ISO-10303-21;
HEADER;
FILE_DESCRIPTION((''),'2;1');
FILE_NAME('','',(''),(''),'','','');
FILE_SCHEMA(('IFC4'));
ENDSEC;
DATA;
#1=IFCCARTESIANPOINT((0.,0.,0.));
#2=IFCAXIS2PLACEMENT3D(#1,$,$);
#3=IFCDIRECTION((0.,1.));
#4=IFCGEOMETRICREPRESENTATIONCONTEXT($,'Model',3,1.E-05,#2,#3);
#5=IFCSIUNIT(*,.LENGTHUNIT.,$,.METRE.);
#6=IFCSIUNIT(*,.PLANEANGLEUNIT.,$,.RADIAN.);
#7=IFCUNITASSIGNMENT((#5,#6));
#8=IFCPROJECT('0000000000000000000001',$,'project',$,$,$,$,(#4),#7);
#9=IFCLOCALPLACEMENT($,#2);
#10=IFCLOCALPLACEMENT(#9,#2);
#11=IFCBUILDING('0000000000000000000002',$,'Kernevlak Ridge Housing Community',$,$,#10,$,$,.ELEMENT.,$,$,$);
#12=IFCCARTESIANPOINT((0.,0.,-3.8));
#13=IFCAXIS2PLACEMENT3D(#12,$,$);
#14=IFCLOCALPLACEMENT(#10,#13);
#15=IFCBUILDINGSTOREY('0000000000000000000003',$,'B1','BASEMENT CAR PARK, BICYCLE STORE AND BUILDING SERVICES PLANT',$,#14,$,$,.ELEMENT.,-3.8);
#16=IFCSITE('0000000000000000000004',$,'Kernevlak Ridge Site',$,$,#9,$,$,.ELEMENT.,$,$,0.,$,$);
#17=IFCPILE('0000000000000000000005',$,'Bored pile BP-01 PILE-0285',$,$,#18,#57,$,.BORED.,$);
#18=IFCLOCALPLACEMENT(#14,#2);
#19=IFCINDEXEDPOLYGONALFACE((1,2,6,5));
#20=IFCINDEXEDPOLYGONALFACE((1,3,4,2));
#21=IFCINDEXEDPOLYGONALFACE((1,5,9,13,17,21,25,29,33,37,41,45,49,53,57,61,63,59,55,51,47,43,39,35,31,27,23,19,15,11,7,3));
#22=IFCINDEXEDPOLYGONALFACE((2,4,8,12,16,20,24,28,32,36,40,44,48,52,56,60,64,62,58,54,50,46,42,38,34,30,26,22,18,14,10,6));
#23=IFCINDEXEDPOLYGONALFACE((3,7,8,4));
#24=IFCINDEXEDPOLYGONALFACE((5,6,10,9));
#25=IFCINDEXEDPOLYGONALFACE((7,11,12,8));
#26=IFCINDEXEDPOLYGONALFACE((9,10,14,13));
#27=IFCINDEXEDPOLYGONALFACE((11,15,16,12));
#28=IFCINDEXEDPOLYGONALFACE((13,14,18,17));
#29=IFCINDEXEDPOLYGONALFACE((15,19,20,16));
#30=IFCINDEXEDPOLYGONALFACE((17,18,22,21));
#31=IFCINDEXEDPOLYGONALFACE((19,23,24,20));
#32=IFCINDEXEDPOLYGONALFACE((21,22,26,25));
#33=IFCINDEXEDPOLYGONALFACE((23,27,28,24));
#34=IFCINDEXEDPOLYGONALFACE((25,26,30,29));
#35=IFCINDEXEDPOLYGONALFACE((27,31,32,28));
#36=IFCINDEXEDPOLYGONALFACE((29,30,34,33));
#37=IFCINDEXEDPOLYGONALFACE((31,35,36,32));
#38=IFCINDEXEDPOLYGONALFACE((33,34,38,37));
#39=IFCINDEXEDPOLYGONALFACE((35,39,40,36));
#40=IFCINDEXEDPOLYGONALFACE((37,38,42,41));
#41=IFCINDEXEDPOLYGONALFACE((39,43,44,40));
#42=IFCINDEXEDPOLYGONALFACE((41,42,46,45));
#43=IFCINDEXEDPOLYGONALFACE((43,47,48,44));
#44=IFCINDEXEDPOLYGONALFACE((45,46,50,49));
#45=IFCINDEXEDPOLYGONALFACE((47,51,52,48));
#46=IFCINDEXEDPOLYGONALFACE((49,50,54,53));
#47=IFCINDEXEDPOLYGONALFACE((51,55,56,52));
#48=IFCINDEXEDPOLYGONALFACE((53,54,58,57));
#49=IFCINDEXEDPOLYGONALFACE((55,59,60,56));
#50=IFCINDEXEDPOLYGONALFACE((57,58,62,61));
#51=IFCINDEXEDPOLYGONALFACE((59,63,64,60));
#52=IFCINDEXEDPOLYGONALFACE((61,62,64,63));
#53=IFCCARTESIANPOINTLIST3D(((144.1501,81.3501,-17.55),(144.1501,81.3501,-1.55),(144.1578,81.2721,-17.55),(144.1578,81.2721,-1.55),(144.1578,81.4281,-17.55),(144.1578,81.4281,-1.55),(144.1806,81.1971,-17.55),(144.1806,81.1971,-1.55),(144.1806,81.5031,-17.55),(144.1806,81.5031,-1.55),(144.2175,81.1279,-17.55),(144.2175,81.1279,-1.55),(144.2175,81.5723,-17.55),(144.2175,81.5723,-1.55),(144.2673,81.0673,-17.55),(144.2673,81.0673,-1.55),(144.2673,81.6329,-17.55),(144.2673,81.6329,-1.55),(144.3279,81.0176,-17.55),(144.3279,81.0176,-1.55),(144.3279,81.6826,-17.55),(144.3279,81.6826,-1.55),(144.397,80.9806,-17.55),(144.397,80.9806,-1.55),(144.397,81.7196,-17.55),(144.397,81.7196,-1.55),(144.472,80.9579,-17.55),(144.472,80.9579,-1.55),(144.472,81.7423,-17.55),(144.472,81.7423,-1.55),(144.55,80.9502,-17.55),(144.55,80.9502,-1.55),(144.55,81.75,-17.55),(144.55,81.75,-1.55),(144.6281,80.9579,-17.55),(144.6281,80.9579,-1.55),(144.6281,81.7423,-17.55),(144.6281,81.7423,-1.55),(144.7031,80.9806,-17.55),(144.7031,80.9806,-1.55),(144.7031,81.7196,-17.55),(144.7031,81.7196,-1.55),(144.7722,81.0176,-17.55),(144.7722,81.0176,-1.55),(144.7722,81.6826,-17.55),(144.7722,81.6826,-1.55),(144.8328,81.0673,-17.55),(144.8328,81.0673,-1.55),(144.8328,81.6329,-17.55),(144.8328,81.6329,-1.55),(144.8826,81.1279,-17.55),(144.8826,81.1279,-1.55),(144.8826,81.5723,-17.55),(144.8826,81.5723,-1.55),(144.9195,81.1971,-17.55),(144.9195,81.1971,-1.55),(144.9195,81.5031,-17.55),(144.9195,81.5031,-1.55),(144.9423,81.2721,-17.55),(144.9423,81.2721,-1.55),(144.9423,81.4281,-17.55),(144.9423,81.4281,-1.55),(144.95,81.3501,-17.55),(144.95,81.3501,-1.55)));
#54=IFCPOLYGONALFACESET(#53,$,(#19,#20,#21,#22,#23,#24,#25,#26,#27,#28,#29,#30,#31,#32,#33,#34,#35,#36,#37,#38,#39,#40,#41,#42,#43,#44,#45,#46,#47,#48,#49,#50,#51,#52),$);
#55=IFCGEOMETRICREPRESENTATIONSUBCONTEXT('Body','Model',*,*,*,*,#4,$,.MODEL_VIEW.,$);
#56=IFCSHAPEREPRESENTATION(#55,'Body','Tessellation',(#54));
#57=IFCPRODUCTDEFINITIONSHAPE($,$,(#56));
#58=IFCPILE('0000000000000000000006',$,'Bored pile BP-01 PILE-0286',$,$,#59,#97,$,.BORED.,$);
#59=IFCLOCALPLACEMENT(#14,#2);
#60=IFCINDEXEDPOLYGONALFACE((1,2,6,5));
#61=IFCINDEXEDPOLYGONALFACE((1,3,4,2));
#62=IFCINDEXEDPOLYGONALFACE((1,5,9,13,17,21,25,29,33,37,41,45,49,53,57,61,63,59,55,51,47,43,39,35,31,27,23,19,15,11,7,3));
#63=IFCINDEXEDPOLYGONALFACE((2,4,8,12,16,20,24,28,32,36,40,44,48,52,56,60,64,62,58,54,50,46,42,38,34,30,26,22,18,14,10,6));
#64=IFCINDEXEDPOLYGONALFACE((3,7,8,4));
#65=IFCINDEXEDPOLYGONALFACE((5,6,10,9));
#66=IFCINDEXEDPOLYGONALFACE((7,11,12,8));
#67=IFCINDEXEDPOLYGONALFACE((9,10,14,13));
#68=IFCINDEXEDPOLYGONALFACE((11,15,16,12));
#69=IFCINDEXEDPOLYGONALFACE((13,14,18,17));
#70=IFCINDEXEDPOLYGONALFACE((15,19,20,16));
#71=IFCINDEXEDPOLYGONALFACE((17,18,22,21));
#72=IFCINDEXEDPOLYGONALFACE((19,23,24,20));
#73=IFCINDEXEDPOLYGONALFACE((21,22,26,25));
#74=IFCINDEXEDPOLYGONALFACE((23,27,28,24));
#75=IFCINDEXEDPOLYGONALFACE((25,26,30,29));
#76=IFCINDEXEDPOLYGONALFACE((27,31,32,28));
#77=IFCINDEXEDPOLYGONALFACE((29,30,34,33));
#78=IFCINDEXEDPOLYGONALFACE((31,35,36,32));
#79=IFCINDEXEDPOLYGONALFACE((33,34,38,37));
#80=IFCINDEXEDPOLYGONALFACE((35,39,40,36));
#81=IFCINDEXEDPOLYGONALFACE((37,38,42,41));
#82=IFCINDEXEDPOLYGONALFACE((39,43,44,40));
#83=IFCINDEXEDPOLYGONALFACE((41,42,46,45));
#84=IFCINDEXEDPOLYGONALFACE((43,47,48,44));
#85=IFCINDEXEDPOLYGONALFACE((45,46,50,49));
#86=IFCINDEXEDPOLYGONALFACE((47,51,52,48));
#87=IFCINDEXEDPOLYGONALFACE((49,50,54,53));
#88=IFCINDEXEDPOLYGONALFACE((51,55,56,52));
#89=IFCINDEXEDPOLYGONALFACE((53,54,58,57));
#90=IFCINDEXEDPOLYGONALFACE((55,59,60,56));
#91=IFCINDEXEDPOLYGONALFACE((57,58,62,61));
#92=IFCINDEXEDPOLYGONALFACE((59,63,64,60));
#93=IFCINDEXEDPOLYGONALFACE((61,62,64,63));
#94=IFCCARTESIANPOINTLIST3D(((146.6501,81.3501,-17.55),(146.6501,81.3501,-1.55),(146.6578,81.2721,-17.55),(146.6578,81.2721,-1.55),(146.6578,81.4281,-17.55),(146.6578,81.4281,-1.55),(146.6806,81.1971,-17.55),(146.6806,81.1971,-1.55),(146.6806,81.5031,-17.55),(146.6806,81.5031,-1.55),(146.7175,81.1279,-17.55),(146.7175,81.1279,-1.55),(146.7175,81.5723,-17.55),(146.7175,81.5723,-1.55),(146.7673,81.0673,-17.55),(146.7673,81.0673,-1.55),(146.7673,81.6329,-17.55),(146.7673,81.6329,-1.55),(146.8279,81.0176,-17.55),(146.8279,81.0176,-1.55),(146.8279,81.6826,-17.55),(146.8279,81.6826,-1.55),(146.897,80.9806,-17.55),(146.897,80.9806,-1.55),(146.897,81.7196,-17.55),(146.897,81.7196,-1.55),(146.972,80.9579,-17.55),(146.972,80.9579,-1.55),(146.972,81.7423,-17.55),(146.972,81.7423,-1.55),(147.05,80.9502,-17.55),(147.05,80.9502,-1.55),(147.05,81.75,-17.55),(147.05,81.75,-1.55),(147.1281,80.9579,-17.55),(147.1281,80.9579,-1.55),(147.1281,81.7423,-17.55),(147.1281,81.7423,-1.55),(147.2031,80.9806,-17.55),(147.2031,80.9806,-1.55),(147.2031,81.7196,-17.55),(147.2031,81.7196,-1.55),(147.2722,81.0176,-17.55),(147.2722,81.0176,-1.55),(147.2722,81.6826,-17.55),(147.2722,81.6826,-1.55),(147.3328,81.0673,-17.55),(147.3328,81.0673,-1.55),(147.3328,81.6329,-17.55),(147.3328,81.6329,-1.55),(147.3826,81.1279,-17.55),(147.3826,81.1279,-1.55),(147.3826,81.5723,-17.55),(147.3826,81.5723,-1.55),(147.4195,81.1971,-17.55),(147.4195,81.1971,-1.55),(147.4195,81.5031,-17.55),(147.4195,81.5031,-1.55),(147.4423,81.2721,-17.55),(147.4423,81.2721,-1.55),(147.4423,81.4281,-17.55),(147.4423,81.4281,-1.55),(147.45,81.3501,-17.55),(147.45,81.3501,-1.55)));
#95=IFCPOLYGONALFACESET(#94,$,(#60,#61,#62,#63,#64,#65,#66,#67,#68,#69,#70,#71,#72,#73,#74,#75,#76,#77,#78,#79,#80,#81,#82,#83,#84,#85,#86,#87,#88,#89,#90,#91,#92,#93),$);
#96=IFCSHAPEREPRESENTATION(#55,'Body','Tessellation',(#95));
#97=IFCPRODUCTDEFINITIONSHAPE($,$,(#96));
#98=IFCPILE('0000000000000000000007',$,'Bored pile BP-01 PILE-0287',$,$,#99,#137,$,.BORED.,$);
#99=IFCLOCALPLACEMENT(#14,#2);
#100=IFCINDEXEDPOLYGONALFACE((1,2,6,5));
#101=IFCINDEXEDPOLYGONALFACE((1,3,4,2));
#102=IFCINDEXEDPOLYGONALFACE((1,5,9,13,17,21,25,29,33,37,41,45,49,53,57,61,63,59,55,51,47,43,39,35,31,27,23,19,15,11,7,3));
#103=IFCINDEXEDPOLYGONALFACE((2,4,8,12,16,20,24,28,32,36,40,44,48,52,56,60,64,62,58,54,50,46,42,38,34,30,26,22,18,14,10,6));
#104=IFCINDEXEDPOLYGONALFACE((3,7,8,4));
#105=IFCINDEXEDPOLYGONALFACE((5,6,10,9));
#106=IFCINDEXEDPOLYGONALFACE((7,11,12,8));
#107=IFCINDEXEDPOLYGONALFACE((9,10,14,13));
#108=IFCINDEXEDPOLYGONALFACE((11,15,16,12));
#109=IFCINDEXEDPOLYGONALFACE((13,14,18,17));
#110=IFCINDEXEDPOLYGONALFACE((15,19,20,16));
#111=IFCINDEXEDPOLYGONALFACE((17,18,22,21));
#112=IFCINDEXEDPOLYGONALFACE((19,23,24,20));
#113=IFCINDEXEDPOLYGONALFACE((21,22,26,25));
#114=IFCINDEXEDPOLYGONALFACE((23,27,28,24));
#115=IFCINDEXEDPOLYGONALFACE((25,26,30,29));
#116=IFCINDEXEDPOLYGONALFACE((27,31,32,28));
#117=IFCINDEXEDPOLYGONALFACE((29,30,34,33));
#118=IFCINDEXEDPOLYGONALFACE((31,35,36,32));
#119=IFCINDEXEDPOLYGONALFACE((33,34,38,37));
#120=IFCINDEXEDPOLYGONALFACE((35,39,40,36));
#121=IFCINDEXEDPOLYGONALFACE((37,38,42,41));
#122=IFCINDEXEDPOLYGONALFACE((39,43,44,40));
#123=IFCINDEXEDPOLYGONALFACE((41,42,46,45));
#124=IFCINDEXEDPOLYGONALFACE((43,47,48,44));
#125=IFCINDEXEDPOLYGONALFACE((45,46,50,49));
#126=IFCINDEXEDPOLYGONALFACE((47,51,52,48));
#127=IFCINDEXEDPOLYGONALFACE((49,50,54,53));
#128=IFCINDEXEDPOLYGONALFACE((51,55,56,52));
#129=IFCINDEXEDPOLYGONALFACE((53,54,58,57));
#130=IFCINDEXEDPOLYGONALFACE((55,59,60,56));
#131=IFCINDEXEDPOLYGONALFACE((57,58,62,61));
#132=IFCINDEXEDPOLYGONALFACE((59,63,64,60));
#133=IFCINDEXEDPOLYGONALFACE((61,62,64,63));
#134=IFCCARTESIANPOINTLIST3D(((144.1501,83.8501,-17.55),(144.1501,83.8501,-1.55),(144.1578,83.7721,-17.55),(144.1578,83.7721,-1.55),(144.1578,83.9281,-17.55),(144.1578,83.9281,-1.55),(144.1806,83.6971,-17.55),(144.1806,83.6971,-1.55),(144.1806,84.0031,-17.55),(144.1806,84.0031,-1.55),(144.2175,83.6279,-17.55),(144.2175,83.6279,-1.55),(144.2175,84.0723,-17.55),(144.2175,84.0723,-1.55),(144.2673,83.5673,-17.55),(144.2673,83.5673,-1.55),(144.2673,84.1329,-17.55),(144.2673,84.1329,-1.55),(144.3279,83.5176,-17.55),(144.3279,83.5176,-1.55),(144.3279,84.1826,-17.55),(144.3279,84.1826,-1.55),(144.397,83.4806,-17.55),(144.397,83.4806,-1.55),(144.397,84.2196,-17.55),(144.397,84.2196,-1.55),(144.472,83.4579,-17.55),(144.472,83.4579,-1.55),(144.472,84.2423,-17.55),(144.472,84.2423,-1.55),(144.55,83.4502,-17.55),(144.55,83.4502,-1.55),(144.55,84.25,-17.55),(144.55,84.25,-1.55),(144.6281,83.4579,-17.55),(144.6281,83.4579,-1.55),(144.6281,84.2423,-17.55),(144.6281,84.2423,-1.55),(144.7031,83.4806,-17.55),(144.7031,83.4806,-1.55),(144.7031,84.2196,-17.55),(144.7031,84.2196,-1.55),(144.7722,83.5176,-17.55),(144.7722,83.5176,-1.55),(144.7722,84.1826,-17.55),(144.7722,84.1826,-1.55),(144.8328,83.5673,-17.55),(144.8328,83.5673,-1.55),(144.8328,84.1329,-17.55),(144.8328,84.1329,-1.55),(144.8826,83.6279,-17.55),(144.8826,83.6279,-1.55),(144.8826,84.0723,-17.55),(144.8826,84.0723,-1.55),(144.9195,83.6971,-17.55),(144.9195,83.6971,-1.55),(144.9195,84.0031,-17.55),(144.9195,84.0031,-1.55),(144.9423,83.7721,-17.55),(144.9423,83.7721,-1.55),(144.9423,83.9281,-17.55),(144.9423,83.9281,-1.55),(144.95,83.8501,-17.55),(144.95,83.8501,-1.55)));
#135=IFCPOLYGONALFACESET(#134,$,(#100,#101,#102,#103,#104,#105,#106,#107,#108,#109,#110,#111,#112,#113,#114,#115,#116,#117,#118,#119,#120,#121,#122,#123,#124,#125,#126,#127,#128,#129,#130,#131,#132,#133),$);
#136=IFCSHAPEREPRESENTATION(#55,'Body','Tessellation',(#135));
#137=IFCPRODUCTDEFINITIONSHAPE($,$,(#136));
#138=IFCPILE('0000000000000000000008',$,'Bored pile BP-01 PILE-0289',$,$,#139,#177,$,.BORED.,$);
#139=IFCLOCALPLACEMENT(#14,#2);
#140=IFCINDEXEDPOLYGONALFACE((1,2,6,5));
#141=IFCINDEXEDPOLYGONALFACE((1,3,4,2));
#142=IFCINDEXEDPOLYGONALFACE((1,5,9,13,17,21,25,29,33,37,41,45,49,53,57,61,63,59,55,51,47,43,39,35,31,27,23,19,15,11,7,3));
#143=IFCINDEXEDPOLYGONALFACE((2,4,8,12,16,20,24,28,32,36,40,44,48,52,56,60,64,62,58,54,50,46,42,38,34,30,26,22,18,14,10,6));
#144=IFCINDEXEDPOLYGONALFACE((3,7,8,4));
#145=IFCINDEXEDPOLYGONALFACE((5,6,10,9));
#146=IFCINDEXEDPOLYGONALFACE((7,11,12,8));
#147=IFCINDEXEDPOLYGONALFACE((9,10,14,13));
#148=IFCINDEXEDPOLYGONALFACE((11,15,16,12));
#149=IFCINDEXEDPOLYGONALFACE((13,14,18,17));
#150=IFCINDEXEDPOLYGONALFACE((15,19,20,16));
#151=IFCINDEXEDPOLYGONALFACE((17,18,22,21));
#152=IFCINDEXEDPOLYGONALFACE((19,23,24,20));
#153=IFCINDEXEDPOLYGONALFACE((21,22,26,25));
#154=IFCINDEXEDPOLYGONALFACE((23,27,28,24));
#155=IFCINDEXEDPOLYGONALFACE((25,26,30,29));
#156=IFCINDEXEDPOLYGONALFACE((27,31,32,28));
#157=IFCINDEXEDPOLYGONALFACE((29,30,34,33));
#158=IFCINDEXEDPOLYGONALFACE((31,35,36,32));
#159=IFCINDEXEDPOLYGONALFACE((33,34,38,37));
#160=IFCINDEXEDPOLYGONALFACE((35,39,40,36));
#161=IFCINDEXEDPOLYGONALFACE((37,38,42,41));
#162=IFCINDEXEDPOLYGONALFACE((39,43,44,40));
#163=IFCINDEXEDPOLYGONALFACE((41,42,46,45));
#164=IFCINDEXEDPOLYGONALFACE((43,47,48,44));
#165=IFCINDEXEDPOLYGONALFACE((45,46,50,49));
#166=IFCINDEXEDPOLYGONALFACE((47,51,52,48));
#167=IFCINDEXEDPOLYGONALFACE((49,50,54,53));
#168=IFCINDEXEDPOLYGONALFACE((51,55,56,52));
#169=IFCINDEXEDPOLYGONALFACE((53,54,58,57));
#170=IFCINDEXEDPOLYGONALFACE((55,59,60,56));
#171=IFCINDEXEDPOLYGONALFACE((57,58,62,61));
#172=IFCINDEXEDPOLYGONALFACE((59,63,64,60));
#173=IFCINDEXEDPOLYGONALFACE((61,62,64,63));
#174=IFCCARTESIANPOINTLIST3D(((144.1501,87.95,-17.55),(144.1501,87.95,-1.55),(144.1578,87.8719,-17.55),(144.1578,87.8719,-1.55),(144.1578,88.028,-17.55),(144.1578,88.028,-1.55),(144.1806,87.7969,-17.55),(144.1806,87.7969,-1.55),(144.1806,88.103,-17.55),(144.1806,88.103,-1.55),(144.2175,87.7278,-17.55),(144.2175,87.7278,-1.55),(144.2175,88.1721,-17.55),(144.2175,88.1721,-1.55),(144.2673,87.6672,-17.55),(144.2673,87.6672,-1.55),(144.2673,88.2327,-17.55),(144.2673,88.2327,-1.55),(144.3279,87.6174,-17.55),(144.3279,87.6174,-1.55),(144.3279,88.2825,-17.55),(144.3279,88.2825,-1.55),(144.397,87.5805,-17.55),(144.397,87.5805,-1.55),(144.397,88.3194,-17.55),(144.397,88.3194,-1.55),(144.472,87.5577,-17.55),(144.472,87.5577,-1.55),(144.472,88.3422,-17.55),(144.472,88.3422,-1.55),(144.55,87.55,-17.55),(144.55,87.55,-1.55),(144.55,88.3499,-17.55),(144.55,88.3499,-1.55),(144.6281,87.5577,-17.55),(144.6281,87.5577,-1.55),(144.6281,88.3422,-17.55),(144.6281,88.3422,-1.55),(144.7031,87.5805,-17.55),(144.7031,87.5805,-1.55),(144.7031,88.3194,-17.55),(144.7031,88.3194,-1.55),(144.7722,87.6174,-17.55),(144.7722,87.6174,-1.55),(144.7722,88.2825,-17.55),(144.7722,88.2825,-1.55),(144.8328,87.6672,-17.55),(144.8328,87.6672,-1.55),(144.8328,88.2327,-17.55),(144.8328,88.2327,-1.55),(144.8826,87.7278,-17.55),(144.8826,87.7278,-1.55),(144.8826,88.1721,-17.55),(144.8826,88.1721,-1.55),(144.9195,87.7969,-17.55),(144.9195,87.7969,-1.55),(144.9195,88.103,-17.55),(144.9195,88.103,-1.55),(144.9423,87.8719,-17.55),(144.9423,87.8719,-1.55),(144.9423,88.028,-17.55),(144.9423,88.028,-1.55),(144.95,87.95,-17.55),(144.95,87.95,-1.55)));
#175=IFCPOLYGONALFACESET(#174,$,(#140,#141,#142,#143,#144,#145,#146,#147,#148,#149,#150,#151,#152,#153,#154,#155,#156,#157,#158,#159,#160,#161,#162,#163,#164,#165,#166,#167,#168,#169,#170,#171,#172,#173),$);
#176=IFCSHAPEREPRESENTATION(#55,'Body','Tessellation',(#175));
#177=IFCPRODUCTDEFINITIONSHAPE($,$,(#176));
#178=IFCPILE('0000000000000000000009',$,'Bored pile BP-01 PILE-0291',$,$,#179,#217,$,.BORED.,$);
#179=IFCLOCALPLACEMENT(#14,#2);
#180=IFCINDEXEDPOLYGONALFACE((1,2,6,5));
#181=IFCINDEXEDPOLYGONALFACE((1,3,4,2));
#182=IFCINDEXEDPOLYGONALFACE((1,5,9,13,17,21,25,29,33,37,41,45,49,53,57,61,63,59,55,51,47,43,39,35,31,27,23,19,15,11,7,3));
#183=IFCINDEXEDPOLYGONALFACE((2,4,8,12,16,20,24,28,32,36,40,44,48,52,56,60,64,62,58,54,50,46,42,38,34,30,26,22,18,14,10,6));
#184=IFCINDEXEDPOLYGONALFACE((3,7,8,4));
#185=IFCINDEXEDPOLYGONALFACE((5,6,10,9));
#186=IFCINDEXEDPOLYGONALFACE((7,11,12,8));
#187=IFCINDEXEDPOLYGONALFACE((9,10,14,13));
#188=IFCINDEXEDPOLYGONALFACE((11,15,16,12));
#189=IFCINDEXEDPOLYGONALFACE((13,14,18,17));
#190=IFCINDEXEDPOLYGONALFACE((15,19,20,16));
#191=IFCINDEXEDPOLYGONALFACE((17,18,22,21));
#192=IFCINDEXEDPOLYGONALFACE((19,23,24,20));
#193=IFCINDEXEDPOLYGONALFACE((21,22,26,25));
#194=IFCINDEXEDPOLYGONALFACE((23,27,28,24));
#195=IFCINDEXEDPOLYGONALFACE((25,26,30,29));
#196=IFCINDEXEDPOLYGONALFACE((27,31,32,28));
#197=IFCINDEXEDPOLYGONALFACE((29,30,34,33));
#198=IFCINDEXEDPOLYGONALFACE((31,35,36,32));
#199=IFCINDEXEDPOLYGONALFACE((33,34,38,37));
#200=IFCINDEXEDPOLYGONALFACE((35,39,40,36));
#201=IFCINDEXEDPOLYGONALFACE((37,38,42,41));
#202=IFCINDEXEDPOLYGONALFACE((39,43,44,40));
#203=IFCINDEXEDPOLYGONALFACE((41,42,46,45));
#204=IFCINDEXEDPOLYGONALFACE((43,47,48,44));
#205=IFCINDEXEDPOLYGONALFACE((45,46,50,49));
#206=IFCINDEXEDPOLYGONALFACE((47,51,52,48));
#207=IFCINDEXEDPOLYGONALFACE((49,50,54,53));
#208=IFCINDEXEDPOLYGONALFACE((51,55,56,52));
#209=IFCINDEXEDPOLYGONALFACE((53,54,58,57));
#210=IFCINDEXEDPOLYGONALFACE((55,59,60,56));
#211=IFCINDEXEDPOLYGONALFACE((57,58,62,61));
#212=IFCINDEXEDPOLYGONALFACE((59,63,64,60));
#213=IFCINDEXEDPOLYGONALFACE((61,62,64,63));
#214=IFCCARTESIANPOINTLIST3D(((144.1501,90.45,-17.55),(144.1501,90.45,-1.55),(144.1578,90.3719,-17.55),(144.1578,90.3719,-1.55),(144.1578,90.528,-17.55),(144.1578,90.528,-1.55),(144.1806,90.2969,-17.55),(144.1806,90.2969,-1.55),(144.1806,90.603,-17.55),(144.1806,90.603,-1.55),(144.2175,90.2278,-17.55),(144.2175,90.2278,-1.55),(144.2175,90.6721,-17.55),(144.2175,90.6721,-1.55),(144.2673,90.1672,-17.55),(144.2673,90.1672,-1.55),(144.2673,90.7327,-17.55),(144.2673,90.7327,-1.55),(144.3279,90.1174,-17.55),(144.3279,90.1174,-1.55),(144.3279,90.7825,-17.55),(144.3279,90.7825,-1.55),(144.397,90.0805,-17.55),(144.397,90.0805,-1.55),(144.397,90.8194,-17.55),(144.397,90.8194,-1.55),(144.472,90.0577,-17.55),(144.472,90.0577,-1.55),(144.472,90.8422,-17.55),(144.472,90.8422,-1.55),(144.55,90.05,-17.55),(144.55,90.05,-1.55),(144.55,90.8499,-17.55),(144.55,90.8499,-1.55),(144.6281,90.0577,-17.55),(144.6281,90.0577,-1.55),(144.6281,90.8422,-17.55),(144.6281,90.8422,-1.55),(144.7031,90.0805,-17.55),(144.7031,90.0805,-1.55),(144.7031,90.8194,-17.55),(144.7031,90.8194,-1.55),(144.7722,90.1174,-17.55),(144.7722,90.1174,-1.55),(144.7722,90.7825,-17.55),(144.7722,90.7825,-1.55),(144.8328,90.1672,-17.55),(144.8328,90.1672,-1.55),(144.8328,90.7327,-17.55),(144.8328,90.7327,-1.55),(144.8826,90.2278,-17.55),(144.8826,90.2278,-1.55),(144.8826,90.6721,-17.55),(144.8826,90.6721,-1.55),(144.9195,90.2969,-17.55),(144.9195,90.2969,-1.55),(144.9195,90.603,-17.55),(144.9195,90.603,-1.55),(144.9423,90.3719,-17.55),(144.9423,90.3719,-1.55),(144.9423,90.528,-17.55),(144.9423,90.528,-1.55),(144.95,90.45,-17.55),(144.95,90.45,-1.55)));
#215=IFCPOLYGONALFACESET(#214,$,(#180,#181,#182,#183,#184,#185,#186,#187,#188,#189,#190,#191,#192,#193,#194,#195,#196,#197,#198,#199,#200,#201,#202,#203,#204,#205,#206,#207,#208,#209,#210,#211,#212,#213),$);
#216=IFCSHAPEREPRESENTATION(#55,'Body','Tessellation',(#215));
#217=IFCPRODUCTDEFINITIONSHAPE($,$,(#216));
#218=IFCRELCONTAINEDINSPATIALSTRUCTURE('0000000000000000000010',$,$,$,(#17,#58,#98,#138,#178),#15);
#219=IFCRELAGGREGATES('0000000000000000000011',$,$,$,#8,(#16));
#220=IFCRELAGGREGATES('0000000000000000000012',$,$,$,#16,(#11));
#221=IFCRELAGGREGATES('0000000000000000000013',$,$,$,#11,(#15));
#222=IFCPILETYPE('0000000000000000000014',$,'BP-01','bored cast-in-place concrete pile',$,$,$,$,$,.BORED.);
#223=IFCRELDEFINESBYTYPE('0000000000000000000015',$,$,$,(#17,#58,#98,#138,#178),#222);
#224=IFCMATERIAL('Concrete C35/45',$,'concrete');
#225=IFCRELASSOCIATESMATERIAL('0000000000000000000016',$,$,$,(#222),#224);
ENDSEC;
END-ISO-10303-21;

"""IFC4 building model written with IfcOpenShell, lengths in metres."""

from ifc_helpers import new_model, si_unit, direction, frame, origin, origin_2d, place, context, subcontext, project, spatial, circle, extrude, material, material_profile, profile_set, type_object, element, save


model = new_model("IFC4")

# Units and contexts
model_context = context("Model", 3, precision=1e-05, world=origin(), true_north=direction((0.0, 1.0)))
body_context = subcontext(model_context, "Body", "Model", "MODEL_VIEW")
ifc_project = project(units=[si_unit("LENGTHUNIT", "METRE"), si_unit("PLANEANGLEUNIT", "RADIAN")], contexts=[model_context])

# Site, building, storey
site_placement = place(None, origin())
site = spatial("IfcSite", under=ifc_project, at=site_placement, Name="Kernevlak Ridge Site", CompositionType="ELEMENT", RefElevation=0.0)
building_placement = place(site_placement, origin())
building = spatial("IfcBuilding", under=site, at=building_placement, Name="Kernevlak Ridge Housing Community", CompositionType="ELEMENT")
storey_placement = place(building_placement, frame((0.0, 0.0, -3.8)))
storey = spatial("IfcBuildingStorey", under=building, at=storey_placement, Name="B1", Description="BASEMENT CAR PARK, BICYCLE STORE AND BUILDING SERVICES PLANT", CompositionType="ELEMENT", Elevation=-3.8)

# Piles
ifc_material_1 = material(Name="Concrete C35/45", Category="concrete")
ifc_material_profile_1 = material_profile(ifc_material_1, circle(Radius=0.3999, at=origin_2d()), Name="BORED PILE 800")
ifc_profile_set_1 = profile_set([ifc_material_profile_1], Name="Concrete C35/45")
pile_type_1 = type_object("IfcPileType", Name="BP-01", Description="bored cast-in-place concrete pile", PredefinedType="BORED", material=ifc_profile_set_1)
for number, where, z_axis, x_axis, name in (
    (1, (144.55, 81.3501, -1.55), (0.0, 0.0, -1.0), (1.0, 0.0, 0.0), "Bored pile BP-01 PILE-0285"),
    (2, (147.05, 81.3501, -1.55), (0.0, 0.0, -1.0), (1.0, 0.0, 0.0), "Bored pile BP-01 PILE-0286"),
    (3, (144.55, 83.8501, -1.55), (0.0, 0.0, -1.0), (1.0, 0.0, 0.0), "Bored pile BP-01 PILE-0287"),
    (4, (144.55, 87.95, -1.55), (0.0, 0.0, -1.0), (1.0, 0.0, 0.0), "Bored pile BP-01 PILE-0289"),
    (5, (144.55, 90.45, -1.55), (0.0, 0.0, -1.0), (1.0, 0.0, 0.0), "Bored pile BP-01 PILE-0291"),
):
    element("IfcPile", number, at=place(storey_placement, frame(where, z_axis=z_axis, x_axis=x_axis)), inside=storey, type_object=pile_type_1, Name=name, PredefinedType="BORED", context=body_context, shape_type="SweptSolid", body=[
        extrude(circle(Radius=0.3999, at=origin_2d()), origin(), (0.0, 0.0, 1.0), 16.0),
    ])

save(model, "model.ifc")
